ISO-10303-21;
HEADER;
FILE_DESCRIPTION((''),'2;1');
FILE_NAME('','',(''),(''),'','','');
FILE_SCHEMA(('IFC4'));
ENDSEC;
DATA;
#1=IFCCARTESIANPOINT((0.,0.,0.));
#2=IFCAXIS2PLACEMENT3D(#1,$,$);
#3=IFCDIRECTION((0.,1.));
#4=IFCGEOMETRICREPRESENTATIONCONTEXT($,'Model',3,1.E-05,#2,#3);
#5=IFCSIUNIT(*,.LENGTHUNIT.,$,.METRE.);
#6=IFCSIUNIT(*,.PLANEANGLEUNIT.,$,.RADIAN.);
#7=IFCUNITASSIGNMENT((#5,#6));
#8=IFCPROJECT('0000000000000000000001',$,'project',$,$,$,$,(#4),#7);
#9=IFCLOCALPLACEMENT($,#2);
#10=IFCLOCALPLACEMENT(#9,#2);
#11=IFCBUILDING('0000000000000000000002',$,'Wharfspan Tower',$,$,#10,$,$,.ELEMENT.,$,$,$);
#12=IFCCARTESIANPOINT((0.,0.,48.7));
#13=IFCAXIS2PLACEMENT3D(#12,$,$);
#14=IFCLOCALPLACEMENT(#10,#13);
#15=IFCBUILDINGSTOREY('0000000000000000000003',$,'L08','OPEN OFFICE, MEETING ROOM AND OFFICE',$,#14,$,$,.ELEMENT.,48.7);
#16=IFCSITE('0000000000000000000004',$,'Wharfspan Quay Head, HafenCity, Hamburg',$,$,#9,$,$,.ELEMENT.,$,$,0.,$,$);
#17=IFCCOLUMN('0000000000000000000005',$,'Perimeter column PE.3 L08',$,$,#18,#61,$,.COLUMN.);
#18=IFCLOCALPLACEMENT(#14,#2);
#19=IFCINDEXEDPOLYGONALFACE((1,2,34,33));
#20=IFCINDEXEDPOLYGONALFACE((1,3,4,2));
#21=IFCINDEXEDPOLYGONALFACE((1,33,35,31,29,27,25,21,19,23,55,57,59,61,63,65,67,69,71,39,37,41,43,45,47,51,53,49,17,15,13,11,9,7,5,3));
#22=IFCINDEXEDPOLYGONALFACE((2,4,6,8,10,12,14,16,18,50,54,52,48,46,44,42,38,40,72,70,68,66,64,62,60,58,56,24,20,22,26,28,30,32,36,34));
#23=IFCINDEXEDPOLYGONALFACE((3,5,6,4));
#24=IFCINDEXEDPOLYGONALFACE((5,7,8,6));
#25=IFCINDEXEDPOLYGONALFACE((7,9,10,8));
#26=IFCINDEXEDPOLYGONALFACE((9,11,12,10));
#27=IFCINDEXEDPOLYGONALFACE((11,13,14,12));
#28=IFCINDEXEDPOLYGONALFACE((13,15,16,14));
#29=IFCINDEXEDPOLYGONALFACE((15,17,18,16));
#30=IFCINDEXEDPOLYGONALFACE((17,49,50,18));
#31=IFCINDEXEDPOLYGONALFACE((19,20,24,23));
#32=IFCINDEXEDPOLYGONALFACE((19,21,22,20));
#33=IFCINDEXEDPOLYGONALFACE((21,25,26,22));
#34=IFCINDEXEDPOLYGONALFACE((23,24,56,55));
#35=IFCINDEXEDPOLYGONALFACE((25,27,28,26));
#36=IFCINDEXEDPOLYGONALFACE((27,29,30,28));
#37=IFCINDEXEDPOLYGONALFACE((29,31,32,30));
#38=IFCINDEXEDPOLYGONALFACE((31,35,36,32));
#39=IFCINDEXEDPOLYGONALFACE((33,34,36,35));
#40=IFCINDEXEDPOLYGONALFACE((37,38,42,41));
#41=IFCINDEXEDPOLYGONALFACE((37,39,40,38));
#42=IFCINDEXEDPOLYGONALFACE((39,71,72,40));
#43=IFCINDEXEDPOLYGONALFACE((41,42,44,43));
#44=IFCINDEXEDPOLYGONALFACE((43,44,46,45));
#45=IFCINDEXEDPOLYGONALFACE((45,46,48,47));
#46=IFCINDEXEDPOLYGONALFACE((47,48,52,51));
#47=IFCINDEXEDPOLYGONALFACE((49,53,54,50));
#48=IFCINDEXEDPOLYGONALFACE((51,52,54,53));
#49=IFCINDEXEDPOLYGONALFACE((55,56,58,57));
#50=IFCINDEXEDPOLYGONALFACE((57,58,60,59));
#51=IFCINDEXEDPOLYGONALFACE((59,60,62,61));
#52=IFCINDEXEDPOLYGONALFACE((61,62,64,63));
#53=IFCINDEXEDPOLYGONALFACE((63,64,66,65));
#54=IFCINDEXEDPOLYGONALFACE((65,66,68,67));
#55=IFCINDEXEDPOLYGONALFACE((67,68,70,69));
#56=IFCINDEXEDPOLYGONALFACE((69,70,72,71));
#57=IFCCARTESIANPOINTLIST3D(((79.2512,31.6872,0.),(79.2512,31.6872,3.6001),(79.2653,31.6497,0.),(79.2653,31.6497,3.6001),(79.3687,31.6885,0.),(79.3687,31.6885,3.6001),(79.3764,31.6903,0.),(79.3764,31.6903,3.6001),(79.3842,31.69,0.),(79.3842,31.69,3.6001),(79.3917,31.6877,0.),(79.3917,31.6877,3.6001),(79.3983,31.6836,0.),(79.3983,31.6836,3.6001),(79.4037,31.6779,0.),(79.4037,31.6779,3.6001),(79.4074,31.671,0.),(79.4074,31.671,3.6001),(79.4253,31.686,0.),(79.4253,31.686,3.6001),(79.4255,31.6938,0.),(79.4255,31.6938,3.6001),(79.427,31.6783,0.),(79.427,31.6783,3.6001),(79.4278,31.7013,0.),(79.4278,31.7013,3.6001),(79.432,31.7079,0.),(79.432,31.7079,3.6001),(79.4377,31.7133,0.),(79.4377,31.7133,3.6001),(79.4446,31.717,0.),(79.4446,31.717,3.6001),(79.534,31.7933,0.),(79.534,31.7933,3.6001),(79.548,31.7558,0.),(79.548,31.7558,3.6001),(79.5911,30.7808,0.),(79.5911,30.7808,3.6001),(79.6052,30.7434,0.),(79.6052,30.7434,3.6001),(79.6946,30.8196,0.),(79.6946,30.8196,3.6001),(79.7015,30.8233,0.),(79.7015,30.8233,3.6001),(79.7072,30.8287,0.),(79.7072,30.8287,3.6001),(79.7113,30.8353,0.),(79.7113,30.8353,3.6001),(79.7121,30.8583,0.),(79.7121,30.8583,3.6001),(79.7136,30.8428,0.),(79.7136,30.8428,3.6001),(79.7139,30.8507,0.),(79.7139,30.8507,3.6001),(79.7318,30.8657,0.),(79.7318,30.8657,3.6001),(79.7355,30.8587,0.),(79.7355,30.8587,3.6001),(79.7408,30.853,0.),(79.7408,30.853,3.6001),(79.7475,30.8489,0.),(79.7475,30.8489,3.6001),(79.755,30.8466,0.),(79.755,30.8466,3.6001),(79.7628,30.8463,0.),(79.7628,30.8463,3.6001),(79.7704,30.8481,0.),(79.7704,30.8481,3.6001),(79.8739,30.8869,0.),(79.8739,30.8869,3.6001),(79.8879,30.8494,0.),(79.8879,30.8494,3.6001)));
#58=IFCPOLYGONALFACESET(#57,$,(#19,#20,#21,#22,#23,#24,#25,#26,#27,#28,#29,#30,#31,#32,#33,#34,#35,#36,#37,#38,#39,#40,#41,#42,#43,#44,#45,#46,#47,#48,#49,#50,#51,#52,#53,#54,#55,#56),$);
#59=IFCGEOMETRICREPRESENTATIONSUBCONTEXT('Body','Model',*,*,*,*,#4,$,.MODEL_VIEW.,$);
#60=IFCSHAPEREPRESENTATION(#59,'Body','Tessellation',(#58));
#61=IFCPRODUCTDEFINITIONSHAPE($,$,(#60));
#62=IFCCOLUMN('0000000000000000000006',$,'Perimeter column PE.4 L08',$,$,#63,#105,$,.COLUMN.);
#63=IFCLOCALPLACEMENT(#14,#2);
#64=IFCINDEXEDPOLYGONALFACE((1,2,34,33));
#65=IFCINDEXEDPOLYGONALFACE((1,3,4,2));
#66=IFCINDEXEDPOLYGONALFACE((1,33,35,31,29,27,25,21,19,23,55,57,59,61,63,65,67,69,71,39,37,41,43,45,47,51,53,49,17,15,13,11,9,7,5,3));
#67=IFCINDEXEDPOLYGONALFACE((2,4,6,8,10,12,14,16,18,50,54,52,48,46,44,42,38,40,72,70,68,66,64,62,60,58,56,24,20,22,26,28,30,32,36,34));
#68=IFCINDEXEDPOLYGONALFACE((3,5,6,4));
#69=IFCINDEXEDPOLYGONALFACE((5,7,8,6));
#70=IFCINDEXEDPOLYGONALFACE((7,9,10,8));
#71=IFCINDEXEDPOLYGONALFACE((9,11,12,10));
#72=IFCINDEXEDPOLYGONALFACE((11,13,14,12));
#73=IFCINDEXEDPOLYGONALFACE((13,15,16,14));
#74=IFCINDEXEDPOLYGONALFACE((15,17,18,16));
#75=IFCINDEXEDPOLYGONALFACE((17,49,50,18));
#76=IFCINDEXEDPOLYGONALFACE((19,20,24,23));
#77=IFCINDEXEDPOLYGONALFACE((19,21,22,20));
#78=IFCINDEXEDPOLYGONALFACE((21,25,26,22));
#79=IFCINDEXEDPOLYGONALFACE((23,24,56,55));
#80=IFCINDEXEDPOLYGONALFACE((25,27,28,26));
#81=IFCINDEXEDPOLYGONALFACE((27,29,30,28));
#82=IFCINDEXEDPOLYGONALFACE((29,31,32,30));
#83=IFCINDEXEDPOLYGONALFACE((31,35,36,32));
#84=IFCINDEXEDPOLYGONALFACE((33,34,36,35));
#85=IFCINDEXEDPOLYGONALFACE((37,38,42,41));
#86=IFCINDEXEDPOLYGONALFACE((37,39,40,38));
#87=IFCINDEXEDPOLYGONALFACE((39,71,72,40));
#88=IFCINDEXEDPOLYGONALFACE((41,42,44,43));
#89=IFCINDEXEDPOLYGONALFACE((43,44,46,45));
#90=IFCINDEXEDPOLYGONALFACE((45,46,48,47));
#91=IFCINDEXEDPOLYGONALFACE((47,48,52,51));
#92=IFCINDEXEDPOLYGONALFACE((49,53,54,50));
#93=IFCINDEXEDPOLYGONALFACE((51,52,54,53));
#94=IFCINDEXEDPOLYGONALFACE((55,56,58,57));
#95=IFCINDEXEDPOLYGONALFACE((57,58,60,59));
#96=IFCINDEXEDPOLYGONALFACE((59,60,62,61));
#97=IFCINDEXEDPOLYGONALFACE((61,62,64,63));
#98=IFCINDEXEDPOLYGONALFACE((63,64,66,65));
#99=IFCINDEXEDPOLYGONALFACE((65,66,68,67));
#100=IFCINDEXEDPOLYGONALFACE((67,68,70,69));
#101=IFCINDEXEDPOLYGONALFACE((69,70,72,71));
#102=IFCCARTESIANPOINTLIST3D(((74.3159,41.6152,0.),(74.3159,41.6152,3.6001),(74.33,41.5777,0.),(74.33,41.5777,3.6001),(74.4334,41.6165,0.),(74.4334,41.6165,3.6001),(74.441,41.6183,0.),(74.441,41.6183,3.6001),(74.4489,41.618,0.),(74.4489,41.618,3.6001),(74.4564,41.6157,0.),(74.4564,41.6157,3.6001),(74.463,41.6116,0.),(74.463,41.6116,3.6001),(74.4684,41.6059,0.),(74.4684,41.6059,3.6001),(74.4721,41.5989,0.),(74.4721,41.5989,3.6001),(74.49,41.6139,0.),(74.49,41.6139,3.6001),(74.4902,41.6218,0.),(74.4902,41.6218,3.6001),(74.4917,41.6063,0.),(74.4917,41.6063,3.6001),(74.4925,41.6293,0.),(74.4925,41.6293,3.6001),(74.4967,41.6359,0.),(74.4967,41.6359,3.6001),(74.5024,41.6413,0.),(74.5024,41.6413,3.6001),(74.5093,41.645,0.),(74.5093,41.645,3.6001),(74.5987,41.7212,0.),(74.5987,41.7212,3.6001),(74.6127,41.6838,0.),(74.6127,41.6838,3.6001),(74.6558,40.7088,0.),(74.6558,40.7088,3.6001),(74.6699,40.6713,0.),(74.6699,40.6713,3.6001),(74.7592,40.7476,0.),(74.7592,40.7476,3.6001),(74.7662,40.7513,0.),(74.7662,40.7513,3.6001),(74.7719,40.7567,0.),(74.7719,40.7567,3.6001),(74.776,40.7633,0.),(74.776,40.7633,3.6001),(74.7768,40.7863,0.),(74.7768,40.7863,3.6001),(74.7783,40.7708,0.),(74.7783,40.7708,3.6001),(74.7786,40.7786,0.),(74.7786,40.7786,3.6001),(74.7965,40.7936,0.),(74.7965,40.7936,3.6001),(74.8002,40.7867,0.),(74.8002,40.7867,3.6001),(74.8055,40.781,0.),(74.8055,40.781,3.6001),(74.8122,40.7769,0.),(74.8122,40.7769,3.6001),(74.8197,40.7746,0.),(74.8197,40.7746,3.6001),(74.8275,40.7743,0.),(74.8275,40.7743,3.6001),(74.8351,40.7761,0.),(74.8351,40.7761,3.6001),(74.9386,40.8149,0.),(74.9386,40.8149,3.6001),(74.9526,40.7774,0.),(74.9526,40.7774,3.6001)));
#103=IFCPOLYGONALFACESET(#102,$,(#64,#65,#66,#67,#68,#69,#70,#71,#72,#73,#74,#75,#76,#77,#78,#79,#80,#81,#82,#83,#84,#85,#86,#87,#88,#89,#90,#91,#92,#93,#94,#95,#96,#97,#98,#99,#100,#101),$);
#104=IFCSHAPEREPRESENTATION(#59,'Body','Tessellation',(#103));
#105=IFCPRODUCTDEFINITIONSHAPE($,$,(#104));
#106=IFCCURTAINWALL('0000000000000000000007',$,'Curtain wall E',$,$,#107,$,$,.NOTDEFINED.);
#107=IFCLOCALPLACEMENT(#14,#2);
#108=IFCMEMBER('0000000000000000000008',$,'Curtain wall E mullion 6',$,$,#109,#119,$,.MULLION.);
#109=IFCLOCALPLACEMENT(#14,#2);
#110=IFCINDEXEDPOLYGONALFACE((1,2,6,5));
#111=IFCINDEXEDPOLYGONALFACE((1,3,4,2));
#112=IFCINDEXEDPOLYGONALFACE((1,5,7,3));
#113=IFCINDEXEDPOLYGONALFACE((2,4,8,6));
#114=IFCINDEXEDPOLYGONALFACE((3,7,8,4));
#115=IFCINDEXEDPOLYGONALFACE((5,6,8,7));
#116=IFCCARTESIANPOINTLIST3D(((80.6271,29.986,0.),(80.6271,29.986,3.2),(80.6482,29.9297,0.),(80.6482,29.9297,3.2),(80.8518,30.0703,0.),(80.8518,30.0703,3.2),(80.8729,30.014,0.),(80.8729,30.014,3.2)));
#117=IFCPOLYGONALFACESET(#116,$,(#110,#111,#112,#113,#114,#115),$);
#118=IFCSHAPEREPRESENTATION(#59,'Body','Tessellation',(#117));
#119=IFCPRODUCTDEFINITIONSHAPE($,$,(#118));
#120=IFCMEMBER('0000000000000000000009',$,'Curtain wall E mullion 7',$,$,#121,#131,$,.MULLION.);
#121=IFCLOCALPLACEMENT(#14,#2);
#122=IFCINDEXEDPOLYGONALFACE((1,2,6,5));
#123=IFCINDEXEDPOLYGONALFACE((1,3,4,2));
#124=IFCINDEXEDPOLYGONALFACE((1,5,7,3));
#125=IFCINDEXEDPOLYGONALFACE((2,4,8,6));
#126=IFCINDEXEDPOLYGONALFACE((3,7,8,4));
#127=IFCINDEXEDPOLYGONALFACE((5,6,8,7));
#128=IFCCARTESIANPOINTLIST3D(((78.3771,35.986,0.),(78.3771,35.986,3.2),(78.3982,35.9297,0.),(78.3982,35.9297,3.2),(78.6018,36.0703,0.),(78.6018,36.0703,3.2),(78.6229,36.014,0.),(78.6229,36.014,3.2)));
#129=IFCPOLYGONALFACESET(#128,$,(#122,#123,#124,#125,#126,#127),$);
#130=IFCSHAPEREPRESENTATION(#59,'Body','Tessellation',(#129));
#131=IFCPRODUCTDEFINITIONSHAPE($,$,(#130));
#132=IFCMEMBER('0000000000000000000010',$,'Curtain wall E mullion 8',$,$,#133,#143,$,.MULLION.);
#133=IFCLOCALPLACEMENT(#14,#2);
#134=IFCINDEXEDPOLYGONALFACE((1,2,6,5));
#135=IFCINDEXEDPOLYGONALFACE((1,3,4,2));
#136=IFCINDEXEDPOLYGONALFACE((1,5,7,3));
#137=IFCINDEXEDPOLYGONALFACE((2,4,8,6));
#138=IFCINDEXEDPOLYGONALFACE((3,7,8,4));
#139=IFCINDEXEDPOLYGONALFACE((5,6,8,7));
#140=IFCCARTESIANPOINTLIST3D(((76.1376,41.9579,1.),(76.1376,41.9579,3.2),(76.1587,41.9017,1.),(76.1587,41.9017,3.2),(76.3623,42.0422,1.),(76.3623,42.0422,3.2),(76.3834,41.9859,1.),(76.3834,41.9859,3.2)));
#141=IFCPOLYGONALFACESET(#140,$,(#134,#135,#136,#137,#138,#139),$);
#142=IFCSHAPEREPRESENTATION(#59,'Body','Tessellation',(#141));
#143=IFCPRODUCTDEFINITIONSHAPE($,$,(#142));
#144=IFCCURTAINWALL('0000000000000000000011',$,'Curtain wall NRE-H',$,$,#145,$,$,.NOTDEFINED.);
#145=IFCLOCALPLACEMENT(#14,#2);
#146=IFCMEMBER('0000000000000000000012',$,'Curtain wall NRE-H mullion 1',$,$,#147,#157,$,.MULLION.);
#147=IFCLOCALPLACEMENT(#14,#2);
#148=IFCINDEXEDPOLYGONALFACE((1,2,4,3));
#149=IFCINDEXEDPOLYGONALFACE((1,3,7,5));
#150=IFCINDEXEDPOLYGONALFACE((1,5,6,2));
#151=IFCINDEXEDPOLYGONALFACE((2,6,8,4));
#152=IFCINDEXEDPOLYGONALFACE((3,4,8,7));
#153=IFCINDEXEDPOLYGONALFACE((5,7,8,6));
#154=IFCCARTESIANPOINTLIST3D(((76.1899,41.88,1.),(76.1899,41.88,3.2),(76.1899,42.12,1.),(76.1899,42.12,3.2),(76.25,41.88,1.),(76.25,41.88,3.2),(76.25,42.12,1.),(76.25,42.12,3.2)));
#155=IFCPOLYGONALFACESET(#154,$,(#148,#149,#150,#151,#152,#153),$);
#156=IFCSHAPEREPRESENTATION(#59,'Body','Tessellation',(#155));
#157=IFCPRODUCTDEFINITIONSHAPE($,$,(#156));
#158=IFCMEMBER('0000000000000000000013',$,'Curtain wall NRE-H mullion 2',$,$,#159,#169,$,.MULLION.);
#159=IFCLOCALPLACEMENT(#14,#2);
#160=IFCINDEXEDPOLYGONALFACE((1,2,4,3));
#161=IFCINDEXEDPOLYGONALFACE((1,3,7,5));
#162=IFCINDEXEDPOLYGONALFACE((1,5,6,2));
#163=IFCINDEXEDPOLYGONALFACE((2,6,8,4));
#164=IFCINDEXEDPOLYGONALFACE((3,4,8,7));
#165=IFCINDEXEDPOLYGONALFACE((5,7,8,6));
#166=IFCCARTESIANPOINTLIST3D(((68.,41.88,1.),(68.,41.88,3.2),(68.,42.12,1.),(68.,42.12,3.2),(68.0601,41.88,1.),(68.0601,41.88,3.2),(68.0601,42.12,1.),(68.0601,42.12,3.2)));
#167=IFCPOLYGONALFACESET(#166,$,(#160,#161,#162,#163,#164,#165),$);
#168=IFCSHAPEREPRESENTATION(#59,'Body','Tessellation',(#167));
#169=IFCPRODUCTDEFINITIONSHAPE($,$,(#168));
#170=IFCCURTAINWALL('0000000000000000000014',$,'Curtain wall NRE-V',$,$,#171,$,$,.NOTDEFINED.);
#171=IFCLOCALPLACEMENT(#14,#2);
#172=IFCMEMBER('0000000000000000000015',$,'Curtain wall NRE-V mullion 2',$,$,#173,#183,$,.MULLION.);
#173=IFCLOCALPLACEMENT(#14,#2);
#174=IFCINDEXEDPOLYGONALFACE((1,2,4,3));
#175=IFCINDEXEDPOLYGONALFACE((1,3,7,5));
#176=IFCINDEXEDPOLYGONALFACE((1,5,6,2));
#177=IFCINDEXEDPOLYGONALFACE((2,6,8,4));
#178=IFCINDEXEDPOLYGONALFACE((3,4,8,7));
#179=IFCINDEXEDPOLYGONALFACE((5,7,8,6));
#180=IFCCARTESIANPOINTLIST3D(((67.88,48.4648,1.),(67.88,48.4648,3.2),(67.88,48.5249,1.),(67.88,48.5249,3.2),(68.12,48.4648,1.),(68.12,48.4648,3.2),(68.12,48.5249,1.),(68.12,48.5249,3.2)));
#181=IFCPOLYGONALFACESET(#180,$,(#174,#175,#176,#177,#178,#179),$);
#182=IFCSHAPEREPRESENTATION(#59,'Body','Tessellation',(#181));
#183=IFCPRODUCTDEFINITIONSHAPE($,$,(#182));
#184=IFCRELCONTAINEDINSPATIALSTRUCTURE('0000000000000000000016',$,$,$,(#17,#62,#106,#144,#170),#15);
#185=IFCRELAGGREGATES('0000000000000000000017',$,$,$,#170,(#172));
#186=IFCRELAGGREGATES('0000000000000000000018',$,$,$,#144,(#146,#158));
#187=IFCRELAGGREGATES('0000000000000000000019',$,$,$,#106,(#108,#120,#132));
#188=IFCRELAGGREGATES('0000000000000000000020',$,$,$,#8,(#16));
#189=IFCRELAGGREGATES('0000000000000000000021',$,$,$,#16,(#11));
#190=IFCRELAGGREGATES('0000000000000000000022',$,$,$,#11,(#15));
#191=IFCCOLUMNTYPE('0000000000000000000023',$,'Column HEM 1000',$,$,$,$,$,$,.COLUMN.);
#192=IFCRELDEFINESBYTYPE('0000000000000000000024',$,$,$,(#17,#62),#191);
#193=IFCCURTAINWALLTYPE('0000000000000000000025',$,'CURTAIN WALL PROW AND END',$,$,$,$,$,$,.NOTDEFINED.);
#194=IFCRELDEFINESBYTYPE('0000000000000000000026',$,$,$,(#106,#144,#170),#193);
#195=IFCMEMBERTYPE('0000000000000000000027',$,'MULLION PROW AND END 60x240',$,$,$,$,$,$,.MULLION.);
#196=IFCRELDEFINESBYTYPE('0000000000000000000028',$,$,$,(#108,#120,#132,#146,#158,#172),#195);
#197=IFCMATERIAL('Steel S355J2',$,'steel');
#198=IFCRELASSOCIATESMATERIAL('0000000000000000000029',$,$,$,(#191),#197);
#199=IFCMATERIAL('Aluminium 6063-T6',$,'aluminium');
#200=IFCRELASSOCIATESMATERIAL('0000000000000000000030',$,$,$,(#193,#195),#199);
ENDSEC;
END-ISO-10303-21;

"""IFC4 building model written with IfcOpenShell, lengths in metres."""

from ifc_helpers import new_model, si_unit, direction, frame, origin, origin_2d, place, context, subcontext, project, spatial, rectangle, i_section, extrude, material, material_profile, profile_set, type_object, element, aggregate, save


model = new_model("IFC4")

# Units and contexts
model_context = context("Model", 3, precision=1e-05, world=origin(), true_north=direction((0.0, 1.0)))
body_context = subcontext(model_context, "Body", "Model", "MODEL_VIEW")
ifc_project = project(units=[si_unit("LENGTHUNIT", "METRE"), si_unit("PLANEANGLEUNIT", "RADIAN")], contexts=[model_context])

# Site, building, storey
site_placement = place(None, origin())
site = spatial("IfcSite", under=ifc_project, at=site_placement, Name="Wharfspan Quay Head, HafenCity, Hamburg", CompositionType="ELEMENT", RefElevation=0.0)
building_placement = place(site_placement, origin())
building = spatial("IfcBuilding", under=site, at=building_placement, Name="Wharfspan Tower", CompositionType="ELEMENT")
storey_placement = place(building_placement, frame((0.0, 0.0, 48.7)))
storey = spatial("IfcBuildingStorey", under=building, at=storey_placement, Name="L08", Description="OPEN OFFICE, MEETING ROOM AND OFFICE", CompositionType="ELEMENT", Elevation=48.7)

# Columns
ifc_material_1 = material(Name="Steel S355J2", Category="steel")
ifc_material_profile_1 = material_profile(ifc_material_1, i_section(OverallWidth=0.302, OverallDepth=1.0081, WebThickness=0.021, FlangeThickness=0.04, FilletRadius=0.03, at=origin_2d()))
ifc_profile_set_1 = profile_set([ifc_material_profile_1], Name="Steel S355J2")
column_type = type_object("IfcColumnType", Name="Column HEM 1000", PredefinedType="COLUMN", material=ifc_profile_set_1)
for number, where, z_axis, x_axis, name in (
    (1, (79.5696, 31.2683, 0.0), (0.0, 0.0, 1.0), (0.936328, 0.351123, 0.0), "Perimeter column PE.3 L08"),
    (2, (74.6343, 41.1963, 0.0), (0.0, 0.0, 1.0), (0.936328, 0.351123, 0.0), "Perimeter column PE.4 L08"),
):
    element("IfcColumn", number, at=place(storey_placement, frame(where, z_axis=z_axis, x_axis=x_axis)), inside=storey, type_object=column_type, Name=name, PredefinedType="COLUMN", context=body_context, shape_type="SweptSolid", body=[
        extrude(i_section(OverallWidth=0.302, OverallDepth=1.0081, WebThickness=0.021, FlangeThickness=0.04, FilletRadius=0.03, at=origin_2d()), origin(), (0.0, 0.0, 1.0), 3.6001),
    ])

# Curtain walls, members
ifc_material_2 = material(Name="Aluminium 6063-T6", Category="aluminium")
curtain_wall_type = type_object("IfcCurtainWallType", Name="CURTAIN WALL PROW AND END", PredefinedType="NOTDEFINED", material=ifc_material_2)
curtain_wall_1_placement = place(storey_placement, origin())
curtain_wall_1 = element("IfcCurtainWall", 3, at=curtain_wall_1_placement, inside=storey, type_object=curtain_wall_type, Name="Curtain wall E", PredefinedType="NOTDEFINED")
ifc_material_profile_2 = material_profile(ifc_material_2, rectangle(XDim=0.24, YDim=0.0601, at=origin_2d()))
ifc_profile_set_2 = profile_set([ifc_material_profile_2], Name="Aluminium 6063-T6")
member_type_1 = type_object("IfcMemberType", Name="MULLION PROW AND END 60x240", PredefinedType="MULLION", material=ifc_profile_set_2)
member_1_placement = place(storey_placement, frame((80.75, 30.0, 0.0), z_axis=(0.0, 0.0, 1.0), x_axis=(-0.936328, -0.351123, 0.0)))
member_1 = element("IfcMember", 4, at=member_1_placement, type_object=member_type_1, Name="Curtain wall E mullion 6", PredefinedType="MULLION", context=body_context, shape_type="SweptSolid", body=[
    extrude(rectangle(XDim=0.24, YDim=0.0601, at=origin_2d()), origin(), (0.0, 0.0, 1.0), 3.2),
])
member_2_placement = place(storey_placement, frame((78.5, 36.0, 0.0), z_axis=(0.0, 0.0, 1.0), x_axis=(-0.936328, -0.351123, 0.0)))
member_2 = element("IfcMember", 5, at=member_2_placement, type_object=member_type_1, Name="Curtain wall E mullion 7", PredefinedType="MULLION", context=body_context, shape_type="SweptSolid", body=[
    extrude(rectangle(XDim=0.24, YDim=0.0601, at=origin_2d()), origin(), (0.0, 0.0, 1.0), 3.2),
])
member_3_placement = place(storey_placement, frame((76.2605, 41.9719, 1.0), z_axis=(0.0, 0.0, 1.0), x_axis=(-0.936328, -0.351123, 0.0)))
member_3 = element("IfcMember", 6, at=member_3_placement, type_object=member_type_1, Name="Curtain wall E mullion 8", PredefinedType="MULLION", context=body_context, shape_type="SweptSolid", body=[
    extrude(rectangle(XDim=0.24, YDim=0.0601, at=origin_2d()), origin(), (0.0, 0.0, 1.0), 2.2),
])
curtain_wall_2_placement = place(storey_placement, origin())
curtain_wall_2 = element("IfcCurtainWall", 7, at=curtain_wall_2_placement, inside=storey, type_object=curtain_wall_type, Name="Curtain wall NRE-H", PredefinedType="NOTDEFINED")
member_4_placement = place(storey_placement, frame((76.22, 42.0, 1.0), z_axis=(0.0, 0.0, 1.0), x_axis=(0.0, -1.0, 0.0)))
member_4 = element("IfcMember", 8, at=member_4_placement, type_object=member_type_1, Name="Curtain wall NRE-H mullion 1", PredefinedType="MULLION", context=body_context, shape_type="SweptSolid", body=[
    extrude(rectangle(XDim=0.24, YDim=0.0601, at=origin_2d()), origin(), (0.0, 0.0, 1.0), 2.2),
])
member_5_placement = place(storey_placement, frame((68.03, 42.0, 1.0), z_axis=(0.0, 0.0, 1.0), x_axis=(0.0, -1.0, 0.0)))
member_5 = element("IfcMember", 9, at=member_5_placement, type_object=member_type_1, Name="Curtain wall NRE-H mullion 2", PredefinedType="MULLION", context=body_context, shape_type="SweptSolid", body=[
    extrude(rectangle(XDim=0.24, YDim=0.0601, at=origin_2d()), origin(), (0.0, 0.0, 1.0), 2.2),
])

# Curtain wall, member
curtain_wall_3_placement = place(storey_placement, origin())
curtain_wall_3 = element("IfcCurtainWall", 10, at=curtain_wall_3_placement, inside=storey, type_object=curtain_wall_type, Name="Curtain wall NRE-V", PredefinedType="NOTDEFINED")
member_6_placement = place(storey_placement, frame((68.0, 48.4949, 1.0), z_axis=(0.0, 0.0, 1.0), x_axis=(-1.0, 0.0, 0.0)))
member_6 = element("IfcMember", 11, at=member_6_placement, type_object=member_type_1, Name="Curtain wall NRE-V mullion 2", PredefinedType="MULLION", context=body_context, shape_type="SweptSolid", body=[
    extrude(rectangle(XDim=0.24, YDim=0.0601, at=origin_2d()), origin(), (0.0, 0.0, 1.0), 2.2),
])
aggregate(curtain_wall_3, [member_6])

aggregate(curtain_wall_2, [member_4, member_5])
aggregate(curtain_wall_1, [member_1, member_2, member_3])

save(model, "model.ifc")
